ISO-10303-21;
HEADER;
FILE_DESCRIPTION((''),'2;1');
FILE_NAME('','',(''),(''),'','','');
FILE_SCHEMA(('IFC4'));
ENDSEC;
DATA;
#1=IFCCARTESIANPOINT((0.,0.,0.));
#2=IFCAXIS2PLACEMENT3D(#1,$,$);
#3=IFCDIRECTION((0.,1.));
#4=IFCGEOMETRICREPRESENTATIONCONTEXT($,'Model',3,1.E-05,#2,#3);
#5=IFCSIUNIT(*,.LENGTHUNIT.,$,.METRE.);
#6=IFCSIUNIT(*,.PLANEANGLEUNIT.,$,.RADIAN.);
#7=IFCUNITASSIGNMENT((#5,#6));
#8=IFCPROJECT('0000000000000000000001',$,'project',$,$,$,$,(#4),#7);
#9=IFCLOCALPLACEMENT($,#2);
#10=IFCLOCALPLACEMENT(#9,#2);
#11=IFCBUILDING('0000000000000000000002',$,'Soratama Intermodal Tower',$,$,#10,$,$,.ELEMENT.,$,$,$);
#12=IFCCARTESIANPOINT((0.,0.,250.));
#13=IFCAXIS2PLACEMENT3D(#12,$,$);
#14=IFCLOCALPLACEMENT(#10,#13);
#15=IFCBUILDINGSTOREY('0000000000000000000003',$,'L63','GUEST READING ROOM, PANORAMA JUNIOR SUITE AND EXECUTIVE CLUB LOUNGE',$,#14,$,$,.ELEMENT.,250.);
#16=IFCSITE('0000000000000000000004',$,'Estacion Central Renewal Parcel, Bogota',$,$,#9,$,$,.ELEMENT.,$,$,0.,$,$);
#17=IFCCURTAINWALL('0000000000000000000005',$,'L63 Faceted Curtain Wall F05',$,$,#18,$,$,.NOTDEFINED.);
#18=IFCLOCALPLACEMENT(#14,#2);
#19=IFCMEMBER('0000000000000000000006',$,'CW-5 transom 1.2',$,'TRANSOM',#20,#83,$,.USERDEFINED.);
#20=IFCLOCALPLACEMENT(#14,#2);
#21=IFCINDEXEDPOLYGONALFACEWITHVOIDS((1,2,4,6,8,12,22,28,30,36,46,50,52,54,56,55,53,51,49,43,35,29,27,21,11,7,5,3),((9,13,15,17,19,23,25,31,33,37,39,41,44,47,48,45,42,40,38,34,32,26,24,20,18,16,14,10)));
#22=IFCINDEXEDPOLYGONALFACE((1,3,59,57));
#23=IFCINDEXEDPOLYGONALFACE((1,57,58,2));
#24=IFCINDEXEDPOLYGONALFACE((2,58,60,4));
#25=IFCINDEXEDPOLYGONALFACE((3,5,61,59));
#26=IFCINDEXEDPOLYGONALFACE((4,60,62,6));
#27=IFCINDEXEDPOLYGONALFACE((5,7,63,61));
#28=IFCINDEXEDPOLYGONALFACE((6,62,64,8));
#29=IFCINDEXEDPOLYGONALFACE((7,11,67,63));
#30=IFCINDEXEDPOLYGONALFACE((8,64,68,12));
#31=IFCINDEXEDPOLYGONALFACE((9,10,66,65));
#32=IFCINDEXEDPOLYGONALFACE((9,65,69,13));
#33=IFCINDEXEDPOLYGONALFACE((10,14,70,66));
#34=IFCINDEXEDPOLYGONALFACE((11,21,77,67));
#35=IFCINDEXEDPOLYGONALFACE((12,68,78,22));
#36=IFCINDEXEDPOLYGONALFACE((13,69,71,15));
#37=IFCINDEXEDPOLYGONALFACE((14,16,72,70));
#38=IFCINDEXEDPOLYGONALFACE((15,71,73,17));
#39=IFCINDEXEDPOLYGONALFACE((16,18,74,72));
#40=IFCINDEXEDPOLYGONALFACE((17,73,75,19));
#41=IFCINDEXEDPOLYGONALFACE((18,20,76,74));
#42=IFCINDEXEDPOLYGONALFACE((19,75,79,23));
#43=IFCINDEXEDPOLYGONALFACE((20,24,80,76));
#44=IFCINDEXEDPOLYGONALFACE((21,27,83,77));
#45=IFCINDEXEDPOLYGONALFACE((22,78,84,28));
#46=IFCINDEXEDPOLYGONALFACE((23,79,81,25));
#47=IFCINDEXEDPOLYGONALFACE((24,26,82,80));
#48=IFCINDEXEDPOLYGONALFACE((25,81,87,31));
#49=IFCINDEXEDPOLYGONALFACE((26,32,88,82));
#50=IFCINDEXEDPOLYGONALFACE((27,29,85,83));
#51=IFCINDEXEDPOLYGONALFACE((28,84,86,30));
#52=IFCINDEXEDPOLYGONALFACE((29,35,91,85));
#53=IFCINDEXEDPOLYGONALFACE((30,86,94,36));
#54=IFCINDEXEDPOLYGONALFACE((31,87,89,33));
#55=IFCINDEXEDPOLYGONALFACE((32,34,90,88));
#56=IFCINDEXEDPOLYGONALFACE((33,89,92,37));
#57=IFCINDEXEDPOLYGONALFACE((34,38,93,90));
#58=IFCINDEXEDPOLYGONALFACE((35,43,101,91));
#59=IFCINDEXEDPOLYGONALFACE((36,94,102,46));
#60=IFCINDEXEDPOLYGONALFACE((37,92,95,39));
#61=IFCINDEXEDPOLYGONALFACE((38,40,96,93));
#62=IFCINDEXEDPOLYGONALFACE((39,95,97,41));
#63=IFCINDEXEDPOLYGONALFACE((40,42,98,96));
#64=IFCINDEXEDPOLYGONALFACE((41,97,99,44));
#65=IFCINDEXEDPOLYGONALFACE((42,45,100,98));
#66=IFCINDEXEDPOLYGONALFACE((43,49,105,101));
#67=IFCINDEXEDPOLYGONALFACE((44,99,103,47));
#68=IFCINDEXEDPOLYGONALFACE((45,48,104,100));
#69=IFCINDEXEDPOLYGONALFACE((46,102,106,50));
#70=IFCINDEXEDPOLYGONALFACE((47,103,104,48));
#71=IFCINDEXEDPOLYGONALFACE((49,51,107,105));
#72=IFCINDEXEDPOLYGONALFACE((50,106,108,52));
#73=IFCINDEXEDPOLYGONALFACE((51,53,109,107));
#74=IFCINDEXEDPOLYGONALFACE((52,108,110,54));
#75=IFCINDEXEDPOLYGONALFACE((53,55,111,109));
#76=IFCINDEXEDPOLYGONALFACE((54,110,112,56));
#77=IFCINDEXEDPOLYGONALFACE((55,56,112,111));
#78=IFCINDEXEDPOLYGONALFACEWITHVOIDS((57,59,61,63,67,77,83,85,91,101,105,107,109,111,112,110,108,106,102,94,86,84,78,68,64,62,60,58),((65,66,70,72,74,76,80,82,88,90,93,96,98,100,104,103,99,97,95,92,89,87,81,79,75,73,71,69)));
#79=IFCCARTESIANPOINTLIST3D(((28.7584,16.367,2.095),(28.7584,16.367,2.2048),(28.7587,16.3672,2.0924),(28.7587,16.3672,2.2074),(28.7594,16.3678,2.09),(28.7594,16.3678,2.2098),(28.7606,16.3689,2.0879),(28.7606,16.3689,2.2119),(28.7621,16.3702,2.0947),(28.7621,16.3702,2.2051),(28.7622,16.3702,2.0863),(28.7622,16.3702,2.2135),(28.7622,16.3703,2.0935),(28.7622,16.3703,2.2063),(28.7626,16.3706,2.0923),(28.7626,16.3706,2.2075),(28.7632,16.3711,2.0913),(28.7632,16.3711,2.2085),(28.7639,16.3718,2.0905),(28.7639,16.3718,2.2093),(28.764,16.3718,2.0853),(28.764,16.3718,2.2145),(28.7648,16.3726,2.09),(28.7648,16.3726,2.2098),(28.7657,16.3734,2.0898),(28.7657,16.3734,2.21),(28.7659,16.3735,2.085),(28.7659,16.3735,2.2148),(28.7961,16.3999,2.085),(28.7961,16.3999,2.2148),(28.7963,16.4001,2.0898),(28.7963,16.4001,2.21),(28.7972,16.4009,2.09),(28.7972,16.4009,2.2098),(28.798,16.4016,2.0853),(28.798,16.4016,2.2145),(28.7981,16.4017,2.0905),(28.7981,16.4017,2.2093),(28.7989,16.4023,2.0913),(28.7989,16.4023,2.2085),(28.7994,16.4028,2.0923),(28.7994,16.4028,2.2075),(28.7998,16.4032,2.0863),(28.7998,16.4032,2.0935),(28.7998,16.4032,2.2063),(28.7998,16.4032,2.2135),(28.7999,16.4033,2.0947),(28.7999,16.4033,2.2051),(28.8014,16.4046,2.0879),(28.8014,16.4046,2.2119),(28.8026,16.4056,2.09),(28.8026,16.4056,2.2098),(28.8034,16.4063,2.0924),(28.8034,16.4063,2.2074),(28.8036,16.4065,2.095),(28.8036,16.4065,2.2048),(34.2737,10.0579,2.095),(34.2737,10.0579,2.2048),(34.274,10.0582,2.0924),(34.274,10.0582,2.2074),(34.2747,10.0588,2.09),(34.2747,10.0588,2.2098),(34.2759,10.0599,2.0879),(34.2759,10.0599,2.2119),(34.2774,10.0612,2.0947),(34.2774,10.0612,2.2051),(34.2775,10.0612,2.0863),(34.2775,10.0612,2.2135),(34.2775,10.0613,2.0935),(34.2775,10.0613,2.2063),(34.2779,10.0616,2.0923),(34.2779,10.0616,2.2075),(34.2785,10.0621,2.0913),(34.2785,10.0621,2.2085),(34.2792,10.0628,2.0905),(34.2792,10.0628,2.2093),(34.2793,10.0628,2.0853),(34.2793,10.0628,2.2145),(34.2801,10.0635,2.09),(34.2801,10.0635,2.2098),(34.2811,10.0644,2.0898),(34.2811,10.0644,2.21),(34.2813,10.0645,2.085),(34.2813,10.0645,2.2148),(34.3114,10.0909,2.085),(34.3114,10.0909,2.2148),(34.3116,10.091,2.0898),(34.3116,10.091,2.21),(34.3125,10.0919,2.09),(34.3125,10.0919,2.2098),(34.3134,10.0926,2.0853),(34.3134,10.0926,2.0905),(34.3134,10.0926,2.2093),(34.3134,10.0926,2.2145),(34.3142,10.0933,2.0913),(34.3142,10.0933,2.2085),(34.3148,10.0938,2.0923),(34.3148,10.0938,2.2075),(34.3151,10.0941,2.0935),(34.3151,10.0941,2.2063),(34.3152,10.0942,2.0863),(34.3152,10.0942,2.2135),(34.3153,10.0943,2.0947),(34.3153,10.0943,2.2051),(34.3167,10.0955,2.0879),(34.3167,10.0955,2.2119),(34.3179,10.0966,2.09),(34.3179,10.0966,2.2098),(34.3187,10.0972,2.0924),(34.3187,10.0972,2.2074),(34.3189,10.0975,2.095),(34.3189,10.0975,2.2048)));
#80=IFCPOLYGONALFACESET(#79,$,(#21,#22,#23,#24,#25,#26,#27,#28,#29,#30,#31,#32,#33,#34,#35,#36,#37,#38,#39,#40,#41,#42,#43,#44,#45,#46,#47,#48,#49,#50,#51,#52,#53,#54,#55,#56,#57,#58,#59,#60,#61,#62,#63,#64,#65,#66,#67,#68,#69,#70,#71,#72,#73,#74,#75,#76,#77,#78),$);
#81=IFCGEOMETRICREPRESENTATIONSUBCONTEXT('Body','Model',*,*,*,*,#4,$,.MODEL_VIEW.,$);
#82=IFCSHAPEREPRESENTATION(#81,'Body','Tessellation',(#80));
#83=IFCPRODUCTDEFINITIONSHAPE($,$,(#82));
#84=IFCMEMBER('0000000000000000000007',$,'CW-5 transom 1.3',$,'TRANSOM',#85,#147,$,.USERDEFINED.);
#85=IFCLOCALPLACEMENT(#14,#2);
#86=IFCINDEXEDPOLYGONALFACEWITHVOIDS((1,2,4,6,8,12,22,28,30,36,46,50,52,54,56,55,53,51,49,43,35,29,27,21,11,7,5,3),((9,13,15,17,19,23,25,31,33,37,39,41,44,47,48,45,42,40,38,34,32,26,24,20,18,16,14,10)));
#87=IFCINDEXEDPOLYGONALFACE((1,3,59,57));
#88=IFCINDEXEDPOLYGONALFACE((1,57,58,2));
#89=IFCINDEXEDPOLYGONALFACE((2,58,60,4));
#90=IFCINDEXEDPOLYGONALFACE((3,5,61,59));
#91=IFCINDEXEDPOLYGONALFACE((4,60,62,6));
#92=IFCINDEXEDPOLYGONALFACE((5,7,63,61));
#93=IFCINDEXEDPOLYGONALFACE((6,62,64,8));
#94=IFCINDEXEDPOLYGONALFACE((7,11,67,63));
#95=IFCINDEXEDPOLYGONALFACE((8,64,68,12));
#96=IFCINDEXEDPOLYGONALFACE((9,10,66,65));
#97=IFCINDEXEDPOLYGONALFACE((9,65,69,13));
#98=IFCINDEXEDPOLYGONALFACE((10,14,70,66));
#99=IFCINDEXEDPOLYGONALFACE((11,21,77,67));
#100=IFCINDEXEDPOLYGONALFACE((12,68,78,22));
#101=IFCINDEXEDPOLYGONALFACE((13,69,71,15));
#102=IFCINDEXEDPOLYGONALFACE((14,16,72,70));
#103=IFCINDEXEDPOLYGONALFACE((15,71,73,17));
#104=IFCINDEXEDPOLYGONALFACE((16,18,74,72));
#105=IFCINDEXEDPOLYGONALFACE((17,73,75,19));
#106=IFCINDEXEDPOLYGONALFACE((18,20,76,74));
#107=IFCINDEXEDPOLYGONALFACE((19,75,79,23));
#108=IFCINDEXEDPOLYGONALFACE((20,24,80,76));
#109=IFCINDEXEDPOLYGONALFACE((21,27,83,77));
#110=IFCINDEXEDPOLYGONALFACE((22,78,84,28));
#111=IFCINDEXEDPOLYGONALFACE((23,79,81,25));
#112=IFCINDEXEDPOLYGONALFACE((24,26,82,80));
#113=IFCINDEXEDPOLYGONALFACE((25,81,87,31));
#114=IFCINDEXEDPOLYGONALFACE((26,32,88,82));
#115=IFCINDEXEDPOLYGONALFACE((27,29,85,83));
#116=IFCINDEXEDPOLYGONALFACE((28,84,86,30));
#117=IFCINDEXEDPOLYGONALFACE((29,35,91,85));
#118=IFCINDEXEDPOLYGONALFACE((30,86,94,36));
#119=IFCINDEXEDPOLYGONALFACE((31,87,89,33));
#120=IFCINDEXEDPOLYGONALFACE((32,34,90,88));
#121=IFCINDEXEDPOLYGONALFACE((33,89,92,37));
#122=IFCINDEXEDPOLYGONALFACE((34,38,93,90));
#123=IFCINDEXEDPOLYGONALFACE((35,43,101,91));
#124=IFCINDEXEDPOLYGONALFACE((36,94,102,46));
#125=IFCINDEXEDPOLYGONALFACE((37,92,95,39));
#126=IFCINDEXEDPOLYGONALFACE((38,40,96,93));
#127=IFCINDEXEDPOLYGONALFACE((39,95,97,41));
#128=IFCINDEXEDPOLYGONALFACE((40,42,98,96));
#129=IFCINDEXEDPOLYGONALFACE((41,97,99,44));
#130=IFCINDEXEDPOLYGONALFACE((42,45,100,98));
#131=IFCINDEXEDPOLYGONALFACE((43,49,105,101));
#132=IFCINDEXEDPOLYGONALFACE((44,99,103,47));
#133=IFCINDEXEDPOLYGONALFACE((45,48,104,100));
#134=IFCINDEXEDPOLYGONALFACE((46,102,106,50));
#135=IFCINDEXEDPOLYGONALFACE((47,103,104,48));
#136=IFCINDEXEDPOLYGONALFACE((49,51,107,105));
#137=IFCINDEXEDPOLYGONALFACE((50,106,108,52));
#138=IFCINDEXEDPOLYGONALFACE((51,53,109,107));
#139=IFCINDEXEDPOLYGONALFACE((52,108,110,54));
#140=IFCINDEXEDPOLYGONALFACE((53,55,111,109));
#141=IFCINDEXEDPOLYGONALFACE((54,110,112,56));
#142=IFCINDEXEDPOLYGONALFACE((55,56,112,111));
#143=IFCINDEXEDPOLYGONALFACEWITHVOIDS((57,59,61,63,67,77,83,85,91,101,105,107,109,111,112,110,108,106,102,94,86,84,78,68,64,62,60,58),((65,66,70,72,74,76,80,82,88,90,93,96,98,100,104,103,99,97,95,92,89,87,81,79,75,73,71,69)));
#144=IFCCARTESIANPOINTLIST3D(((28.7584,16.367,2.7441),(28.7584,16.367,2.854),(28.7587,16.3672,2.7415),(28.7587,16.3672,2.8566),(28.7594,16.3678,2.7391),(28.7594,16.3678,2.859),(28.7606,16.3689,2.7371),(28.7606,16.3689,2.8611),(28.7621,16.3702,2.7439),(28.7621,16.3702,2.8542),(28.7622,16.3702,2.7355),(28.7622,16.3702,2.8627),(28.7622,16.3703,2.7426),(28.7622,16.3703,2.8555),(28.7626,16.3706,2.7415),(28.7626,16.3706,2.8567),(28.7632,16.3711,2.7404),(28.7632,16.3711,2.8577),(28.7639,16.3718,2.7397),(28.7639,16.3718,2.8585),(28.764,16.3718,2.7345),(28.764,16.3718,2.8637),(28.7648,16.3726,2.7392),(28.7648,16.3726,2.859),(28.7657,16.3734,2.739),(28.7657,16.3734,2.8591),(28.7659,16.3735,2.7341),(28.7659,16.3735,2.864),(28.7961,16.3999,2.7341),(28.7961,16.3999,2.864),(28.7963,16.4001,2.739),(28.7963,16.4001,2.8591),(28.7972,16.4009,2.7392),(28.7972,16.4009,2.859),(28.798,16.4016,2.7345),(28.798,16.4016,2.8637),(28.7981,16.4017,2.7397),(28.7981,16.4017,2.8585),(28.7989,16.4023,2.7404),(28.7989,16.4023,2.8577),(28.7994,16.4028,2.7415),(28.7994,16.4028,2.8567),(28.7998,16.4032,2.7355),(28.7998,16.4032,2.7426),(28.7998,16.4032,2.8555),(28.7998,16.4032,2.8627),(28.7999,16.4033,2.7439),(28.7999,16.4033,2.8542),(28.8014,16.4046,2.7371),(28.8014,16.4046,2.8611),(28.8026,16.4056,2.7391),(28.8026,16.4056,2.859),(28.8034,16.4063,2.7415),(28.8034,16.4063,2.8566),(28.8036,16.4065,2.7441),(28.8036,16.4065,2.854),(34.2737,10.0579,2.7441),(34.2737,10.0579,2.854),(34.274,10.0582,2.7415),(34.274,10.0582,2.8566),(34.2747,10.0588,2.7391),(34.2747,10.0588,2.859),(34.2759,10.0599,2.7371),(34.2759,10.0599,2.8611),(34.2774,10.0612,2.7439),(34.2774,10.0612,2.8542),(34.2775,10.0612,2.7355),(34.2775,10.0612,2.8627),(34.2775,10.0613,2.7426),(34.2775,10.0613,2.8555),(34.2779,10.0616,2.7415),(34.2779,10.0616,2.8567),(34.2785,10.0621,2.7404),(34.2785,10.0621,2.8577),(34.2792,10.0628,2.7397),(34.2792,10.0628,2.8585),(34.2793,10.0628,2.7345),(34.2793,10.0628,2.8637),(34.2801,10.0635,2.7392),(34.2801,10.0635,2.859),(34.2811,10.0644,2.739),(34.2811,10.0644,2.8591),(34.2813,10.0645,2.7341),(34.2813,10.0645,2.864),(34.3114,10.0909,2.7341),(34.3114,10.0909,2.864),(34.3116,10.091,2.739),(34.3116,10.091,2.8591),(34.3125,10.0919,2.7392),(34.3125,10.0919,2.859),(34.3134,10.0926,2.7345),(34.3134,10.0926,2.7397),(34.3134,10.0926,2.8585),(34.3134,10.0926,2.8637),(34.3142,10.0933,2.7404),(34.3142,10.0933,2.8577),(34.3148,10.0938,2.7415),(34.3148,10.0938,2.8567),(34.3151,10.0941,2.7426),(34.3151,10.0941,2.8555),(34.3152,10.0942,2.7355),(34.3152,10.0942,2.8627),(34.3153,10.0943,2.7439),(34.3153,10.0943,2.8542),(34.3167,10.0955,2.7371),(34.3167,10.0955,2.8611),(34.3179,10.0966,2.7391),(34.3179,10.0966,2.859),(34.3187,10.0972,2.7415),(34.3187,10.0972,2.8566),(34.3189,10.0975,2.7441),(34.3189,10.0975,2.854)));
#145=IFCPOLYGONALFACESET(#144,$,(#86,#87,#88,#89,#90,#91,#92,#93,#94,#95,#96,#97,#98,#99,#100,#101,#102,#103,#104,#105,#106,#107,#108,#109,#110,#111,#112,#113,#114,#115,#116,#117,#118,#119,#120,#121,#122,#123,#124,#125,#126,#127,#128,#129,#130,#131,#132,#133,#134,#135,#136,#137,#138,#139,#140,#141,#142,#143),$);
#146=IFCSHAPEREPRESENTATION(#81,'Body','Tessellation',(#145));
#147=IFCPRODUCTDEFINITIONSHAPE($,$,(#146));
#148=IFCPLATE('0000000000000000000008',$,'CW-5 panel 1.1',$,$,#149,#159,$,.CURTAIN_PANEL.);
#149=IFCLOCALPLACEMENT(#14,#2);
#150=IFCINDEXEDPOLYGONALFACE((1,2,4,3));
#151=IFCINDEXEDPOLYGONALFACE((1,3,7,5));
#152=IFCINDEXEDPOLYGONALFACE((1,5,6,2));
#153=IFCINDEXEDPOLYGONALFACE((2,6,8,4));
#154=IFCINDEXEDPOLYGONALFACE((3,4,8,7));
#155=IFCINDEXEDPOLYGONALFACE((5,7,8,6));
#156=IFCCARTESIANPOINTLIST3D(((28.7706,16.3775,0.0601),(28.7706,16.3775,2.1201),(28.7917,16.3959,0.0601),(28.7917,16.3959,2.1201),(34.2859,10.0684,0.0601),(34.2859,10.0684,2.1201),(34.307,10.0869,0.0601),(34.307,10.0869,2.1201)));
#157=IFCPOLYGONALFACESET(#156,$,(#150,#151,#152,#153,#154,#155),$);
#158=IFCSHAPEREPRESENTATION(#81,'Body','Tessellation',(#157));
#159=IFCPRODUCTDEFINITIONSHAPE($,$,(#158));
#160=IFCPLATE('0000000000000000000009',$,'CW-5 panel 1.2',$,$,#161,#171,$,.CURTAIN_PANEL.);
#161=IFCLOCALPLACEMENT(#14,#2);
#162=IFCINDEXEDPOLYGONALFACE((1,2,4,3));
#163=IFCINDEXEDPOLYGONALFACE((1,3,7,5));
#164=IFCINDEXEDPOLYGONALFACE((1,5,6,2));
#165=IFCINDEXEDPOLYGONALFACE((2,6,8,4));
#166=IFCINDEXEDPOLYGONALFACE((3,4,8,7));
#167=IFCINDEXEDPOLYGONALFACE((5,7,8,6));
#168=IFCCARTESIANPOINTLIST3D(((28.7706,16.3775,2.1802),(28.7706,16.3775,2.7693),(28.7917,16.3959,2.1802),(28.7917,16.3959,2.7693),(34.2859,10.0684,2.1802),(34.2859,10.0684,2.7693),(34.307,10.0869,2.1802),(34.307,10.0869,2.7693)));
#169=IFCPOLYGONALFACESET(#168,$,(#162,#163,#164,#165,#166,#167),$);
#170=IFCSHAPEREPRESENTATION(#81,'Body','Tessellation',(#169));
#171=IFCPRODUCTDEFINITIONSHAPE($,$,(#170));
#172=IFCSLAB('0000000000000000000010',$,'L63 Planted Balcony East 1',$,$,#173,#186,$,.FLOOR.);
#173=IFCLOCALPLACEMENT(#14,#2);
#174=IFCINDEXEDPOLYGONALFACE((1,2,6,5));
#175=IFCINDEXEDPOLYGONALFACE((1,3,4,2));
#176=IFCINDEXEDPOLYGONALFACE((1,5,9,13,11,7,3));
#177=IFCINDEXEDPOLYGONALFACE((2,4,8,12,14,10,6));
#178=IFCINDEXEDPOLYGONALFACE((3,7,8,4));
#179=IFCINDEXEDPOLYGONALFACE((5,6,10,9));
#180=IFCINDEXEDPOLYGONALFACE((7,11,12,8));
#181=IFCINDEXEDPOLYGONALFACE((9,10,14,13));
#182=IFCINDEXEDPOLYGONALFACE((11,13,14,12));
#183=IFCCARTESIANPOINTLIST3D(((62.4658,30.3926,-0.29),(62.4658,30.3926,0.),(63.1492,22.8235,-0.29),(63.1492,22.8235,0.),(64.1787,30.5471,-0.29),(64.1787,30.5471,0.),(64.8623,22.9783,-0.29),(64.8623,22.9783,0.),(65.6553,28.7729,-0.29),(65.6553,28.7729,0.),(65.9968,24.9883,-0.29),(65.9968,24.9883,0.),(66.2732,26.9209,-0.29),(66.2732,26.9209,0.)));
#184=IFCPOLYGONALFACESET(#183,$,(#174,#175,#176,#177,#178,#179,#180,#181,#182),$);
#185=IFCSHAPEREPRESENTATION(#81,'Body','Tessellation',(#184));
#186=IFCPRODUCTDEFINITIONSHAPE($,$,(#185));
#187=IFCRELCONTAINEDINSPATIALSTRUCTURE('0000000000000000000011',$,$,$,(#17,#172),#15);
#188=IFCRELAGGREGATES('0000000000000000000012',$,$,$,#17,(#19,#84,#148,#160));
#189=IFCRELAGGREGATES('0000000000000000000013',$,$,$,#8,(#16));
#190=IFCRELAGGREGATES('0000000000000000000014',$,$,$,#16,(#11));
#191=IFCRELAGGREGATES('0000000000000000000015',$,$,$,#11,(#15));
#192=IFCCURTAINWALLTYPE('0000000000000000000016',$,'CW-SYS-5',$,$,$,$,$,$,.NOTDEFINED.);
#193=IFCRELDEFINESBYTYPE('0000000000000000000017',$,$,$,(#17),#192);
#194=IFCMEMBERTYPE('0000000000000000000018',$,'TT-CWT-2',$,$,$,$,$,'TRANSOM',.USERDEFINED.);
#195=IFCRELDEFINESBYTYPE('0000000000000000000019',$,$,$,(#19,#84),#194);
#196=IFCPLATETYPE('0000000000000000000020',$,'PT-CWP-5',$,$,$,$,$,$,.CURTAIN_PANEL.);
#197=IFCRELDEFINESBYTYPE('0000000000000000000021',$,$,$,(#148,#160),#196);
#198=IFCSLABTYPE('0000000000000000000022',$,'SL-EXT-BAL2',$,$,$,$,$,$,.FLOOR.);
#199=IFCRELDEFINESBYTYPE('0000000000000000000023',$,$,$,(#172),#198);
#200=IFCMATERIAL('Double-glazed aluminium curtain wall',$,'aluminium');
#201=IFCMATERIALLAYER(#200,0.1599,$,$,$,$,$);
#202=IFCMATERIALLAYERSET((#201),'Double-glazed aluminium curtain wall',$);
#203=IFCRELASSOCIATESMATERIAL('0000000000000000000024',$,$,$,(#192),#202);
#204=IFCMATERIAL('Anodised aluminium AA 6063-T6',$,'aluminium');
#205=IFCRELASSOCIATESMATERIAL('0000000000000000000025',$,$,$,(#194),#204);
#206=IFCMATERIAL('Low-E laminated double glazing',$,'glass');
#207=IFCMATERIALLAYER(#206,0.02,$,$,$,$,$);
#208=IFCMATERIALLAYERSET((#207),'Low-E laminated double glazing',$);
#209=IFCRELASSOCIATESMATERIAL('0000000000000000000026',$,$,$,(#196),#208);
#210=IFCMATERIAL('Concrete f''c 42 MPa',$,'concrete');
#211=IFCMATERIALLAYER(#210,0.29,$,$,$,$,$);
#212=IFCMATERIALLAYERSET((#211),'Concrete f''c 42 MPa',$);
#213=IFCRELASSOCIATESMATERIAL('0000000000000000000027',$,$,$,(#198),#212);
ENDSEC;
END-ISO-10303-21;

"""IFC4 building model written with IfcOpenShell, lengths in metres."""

from ifc_helpers import new_model, si_unit, direction, frame, origin, origin_2d, place, context, subcontext, project, spatial, polyline, rectangle, hollow_rectangle, outline, extrude, material, layer, layer_set, material_profile, profile_set, type_object, element, aggregate, save


model = new_model("IFC4")

# Units and contexts
model_context = context("Model", 3, precision=1e-05, world=origin(), true_north=direction((0.0, 1.0)))
body_context = subcontext(model_context, "Body", "Model", "MODEL_VIEW")
ifc_project = project(units=[si_unit("LENGTHUNIT", "METRE"), si_unit("PLANEANGLEUNIT", "RADIAN")], contexts=[model_context])

# Site, building, storey
site_placement = place(None, origin())
site = spatial("IfcSite", under=ifc_project, at=site_placement, Name="Estacion Central Renewal Parcel, Bogota", CompositionType="ELEMENT", RefElevation=0.0)
building_placement = place(site_placement, origin())
building = spatial("IfcBuilding", under=site, at=building_placement, Name="Soratama Intermodal Tower", CompositionType="ELEMENT")
storey_placement = place(building_placement, frame((0.0, 0.0, 250.0)))
storey = spatial("IfcBuildingStorey", under=building, at=storey_placement, Name="L63", Description="GUEST READING ROOM, PANORAMA JUNIOR SUITE AND EXECUTIVE CLUB LOUNGE", CompositionType="ELEMENT", Elevation=250.0)

# Curtain wall, members, plates
ifc_material_1 = material(Name="Double-glazed aluminium curtain wall", Category="aluminium")
ifc_layer_1 = layer(ifc_material_1, 0.1599)
ifc_layer_set_1 = layer_set([ifc_layer_1], Name="Double-glazed aluminium curtain wall")
curtain_wall_type = type_object("IfcCurtainWallType", Name="CW-SYS-5", PredefinedType="NOTDEFINED", material=ifc_layer_set_1)
curtain_wall_placement = place(storey_placement, origin())
curtain_wall = element("IfcCurtainWall", 1, at=curtain_wall_placement, inside=storey, type_object=curtain_wall_type, Name="L63 Faceted Curtain Wall F05", PredefinedType="NOTDEFINED")
ifc_material_2 = material(Name="Anodised aluminium AA 6063-T6", Category="aluminium")
ifc_material_profile_1 = material_profile(ifc_material_2, hollow_rectangle(XDim=0.0601, YDim=0.1299, WallThickness=0.0049, InnerFilletRadius=0.0049, OuterFilletRadius=0.01, at=origin_2d()), Name="CWT130X60X5")
ifc_profile_set_1 = profile_set([ifc_material_profile_1], Name="Anodised aluminium AA 6063-T6")
member_type_1 = type_object("IfcMemberType", Name="TT-CWT-2", ElementType="TRANSOM", PredefinedType="USERDEFINED", material=ifc_profile_set_1)
member_1_placement = place(storey_placement, frame((28.781, 16.3867, 2.1499), z_axis=(0.658162, -0.752876, 0.0), x_axis=(0.752876, 0.658162, 0.0)))
member_1 = element("IfcMember", 2, at=member_1_placement, type_object=member_type_1, Name="CW-5 transom 1.2", ObjectType="TRANSOM", PredefinedType="USERDEFINED", context=body_context, shape_type="SweptSolid", body=[
    extrude(hollow_rectangle(XDim=0.0601, YDim=0.1299, WallThickness=0.0049, InnerFilletRadius=0.0049, OuterFilletRadius=0.01, at=origin_2d()), origin(), (0.0, 0.0, 1.0), 8.3799),
])
member_2_placement = place(storey_placement, frame((28.781, 16.3867, 2.7991), z_axis=(0.658162, -0.752876, 0.0), x_axis=(0.752876, 0.658162, 0.0)))
member_2 = element("IfcMember", 3, at=member_2_placement, type_object=member_type_1, Name="CW-5 transom 1.3", ObjectType="TRANSOM", PredefinedType="USERDEFINED", context=body_context, shape_type="SweptSolid", body=[
    extrude(hollow_rectangle(XDim=0.0601, YDim=0.1299, WallThickness=0.0049, InnerFilletRadius=0.0049, OuterFilletRadius=0.01, at=origin_2d()), origin(), (0.0, 0.0, 1.0), 8.3799),
])
ifc_material_3 = material(Name="Low-E laminated double glazing", Category="glass")
ifc_layer_2 = layer(ifc_material_3, 0.02)
ifc_layer_set_2 = layer_set([ifc_layer_2], Name="Low-E laminated double glazing")
plate_type = type_object("IfcPlateType", Name="PT-CWP-5", PredefinedType="CURTAIN_PANEL", material=ifc_layer_set_2)
plate_1_placement = place(storey_placement, frame((31.5388, 13.2322, 0.0601), z_axis=(0.0, 0.0, 1.0), x_axis=(0.658159, -0.752879, 0.0)))
plate_1 = element("IfcPlate", 4, at=plate_1_placement, type_object=plate_type, Name="CW-5 panel 1.1", PredefinedType="CURTAIN_PANEL", context=body_context, shape_type="SweptSolid", body=[
    extrude(rectangle(XDim=8.3799, YDim=0.0281, at=origin_2d()), origin(), (0.0, 0.0, 1.0), 2.0601),
])
plate_2_placement = place(storey_placement, frame((31.5388, 13.2322, 2.1802), z_axis=(0.0, 0.0, 1.0), x_axis=(0.658159, -0.752879, 0.0)))
plate_2 = element("IfcPlate", 5, at=plate_2_placement, type_object=plate_type, Name="CW-5 panel 1.2", PredefinedType="CURTAIN_PANEL", context=body_context, shape_type="SweptSolid", body=[
    extrude(rectangle(XDim=8.3799, YDim=0.0281, at=origin_2d()), origin(), (0.0, 0.0, 1.0), 0.5891),
])
aggregate(curtain_wall, [member_1, member_2, plate_1, plate_2])

# Slab
ifc_material_4 = material(Name="Concrete f'c 42 MPa", Category="concrete")
ifc_layer_3 = layer(ifc_material_4, 0.29)
ifc_layer_set_3 = layer_set([ifc_layer_3], Name="Concrete f'c 42 MPa")
slab_type_1 = type_object("IfcSlabType", Name="SL-EXT-BAL2", PredefinedType="FLOOR", material=ifc_layer_set_3)
slab_1_placement = place(storey_placement, frame((0.0, 0.0, -0.29)))
element("IfcSlab", 6, at=slab_1_placement, inside=storey, type_object=slab_type_1, Name="L63 Planted Balcony East 1", PredefinedType="FLOOR", context=body_context, shape_type="SweptSolid", body=[
    extrude(outline(polyline([(63.1492, 22.8235), (62.4658, 30.3926), (64.1787, 30.5471), (65.6553, 28.7729), (66.2732, 26.9209), (65.9968, 24.9883), (64.8623, 22.9783), (63.1492, 22.8235)])), origin(), (0.0, 0.0, 1.0), 0.29),
])

save(model, "model.ifc")
